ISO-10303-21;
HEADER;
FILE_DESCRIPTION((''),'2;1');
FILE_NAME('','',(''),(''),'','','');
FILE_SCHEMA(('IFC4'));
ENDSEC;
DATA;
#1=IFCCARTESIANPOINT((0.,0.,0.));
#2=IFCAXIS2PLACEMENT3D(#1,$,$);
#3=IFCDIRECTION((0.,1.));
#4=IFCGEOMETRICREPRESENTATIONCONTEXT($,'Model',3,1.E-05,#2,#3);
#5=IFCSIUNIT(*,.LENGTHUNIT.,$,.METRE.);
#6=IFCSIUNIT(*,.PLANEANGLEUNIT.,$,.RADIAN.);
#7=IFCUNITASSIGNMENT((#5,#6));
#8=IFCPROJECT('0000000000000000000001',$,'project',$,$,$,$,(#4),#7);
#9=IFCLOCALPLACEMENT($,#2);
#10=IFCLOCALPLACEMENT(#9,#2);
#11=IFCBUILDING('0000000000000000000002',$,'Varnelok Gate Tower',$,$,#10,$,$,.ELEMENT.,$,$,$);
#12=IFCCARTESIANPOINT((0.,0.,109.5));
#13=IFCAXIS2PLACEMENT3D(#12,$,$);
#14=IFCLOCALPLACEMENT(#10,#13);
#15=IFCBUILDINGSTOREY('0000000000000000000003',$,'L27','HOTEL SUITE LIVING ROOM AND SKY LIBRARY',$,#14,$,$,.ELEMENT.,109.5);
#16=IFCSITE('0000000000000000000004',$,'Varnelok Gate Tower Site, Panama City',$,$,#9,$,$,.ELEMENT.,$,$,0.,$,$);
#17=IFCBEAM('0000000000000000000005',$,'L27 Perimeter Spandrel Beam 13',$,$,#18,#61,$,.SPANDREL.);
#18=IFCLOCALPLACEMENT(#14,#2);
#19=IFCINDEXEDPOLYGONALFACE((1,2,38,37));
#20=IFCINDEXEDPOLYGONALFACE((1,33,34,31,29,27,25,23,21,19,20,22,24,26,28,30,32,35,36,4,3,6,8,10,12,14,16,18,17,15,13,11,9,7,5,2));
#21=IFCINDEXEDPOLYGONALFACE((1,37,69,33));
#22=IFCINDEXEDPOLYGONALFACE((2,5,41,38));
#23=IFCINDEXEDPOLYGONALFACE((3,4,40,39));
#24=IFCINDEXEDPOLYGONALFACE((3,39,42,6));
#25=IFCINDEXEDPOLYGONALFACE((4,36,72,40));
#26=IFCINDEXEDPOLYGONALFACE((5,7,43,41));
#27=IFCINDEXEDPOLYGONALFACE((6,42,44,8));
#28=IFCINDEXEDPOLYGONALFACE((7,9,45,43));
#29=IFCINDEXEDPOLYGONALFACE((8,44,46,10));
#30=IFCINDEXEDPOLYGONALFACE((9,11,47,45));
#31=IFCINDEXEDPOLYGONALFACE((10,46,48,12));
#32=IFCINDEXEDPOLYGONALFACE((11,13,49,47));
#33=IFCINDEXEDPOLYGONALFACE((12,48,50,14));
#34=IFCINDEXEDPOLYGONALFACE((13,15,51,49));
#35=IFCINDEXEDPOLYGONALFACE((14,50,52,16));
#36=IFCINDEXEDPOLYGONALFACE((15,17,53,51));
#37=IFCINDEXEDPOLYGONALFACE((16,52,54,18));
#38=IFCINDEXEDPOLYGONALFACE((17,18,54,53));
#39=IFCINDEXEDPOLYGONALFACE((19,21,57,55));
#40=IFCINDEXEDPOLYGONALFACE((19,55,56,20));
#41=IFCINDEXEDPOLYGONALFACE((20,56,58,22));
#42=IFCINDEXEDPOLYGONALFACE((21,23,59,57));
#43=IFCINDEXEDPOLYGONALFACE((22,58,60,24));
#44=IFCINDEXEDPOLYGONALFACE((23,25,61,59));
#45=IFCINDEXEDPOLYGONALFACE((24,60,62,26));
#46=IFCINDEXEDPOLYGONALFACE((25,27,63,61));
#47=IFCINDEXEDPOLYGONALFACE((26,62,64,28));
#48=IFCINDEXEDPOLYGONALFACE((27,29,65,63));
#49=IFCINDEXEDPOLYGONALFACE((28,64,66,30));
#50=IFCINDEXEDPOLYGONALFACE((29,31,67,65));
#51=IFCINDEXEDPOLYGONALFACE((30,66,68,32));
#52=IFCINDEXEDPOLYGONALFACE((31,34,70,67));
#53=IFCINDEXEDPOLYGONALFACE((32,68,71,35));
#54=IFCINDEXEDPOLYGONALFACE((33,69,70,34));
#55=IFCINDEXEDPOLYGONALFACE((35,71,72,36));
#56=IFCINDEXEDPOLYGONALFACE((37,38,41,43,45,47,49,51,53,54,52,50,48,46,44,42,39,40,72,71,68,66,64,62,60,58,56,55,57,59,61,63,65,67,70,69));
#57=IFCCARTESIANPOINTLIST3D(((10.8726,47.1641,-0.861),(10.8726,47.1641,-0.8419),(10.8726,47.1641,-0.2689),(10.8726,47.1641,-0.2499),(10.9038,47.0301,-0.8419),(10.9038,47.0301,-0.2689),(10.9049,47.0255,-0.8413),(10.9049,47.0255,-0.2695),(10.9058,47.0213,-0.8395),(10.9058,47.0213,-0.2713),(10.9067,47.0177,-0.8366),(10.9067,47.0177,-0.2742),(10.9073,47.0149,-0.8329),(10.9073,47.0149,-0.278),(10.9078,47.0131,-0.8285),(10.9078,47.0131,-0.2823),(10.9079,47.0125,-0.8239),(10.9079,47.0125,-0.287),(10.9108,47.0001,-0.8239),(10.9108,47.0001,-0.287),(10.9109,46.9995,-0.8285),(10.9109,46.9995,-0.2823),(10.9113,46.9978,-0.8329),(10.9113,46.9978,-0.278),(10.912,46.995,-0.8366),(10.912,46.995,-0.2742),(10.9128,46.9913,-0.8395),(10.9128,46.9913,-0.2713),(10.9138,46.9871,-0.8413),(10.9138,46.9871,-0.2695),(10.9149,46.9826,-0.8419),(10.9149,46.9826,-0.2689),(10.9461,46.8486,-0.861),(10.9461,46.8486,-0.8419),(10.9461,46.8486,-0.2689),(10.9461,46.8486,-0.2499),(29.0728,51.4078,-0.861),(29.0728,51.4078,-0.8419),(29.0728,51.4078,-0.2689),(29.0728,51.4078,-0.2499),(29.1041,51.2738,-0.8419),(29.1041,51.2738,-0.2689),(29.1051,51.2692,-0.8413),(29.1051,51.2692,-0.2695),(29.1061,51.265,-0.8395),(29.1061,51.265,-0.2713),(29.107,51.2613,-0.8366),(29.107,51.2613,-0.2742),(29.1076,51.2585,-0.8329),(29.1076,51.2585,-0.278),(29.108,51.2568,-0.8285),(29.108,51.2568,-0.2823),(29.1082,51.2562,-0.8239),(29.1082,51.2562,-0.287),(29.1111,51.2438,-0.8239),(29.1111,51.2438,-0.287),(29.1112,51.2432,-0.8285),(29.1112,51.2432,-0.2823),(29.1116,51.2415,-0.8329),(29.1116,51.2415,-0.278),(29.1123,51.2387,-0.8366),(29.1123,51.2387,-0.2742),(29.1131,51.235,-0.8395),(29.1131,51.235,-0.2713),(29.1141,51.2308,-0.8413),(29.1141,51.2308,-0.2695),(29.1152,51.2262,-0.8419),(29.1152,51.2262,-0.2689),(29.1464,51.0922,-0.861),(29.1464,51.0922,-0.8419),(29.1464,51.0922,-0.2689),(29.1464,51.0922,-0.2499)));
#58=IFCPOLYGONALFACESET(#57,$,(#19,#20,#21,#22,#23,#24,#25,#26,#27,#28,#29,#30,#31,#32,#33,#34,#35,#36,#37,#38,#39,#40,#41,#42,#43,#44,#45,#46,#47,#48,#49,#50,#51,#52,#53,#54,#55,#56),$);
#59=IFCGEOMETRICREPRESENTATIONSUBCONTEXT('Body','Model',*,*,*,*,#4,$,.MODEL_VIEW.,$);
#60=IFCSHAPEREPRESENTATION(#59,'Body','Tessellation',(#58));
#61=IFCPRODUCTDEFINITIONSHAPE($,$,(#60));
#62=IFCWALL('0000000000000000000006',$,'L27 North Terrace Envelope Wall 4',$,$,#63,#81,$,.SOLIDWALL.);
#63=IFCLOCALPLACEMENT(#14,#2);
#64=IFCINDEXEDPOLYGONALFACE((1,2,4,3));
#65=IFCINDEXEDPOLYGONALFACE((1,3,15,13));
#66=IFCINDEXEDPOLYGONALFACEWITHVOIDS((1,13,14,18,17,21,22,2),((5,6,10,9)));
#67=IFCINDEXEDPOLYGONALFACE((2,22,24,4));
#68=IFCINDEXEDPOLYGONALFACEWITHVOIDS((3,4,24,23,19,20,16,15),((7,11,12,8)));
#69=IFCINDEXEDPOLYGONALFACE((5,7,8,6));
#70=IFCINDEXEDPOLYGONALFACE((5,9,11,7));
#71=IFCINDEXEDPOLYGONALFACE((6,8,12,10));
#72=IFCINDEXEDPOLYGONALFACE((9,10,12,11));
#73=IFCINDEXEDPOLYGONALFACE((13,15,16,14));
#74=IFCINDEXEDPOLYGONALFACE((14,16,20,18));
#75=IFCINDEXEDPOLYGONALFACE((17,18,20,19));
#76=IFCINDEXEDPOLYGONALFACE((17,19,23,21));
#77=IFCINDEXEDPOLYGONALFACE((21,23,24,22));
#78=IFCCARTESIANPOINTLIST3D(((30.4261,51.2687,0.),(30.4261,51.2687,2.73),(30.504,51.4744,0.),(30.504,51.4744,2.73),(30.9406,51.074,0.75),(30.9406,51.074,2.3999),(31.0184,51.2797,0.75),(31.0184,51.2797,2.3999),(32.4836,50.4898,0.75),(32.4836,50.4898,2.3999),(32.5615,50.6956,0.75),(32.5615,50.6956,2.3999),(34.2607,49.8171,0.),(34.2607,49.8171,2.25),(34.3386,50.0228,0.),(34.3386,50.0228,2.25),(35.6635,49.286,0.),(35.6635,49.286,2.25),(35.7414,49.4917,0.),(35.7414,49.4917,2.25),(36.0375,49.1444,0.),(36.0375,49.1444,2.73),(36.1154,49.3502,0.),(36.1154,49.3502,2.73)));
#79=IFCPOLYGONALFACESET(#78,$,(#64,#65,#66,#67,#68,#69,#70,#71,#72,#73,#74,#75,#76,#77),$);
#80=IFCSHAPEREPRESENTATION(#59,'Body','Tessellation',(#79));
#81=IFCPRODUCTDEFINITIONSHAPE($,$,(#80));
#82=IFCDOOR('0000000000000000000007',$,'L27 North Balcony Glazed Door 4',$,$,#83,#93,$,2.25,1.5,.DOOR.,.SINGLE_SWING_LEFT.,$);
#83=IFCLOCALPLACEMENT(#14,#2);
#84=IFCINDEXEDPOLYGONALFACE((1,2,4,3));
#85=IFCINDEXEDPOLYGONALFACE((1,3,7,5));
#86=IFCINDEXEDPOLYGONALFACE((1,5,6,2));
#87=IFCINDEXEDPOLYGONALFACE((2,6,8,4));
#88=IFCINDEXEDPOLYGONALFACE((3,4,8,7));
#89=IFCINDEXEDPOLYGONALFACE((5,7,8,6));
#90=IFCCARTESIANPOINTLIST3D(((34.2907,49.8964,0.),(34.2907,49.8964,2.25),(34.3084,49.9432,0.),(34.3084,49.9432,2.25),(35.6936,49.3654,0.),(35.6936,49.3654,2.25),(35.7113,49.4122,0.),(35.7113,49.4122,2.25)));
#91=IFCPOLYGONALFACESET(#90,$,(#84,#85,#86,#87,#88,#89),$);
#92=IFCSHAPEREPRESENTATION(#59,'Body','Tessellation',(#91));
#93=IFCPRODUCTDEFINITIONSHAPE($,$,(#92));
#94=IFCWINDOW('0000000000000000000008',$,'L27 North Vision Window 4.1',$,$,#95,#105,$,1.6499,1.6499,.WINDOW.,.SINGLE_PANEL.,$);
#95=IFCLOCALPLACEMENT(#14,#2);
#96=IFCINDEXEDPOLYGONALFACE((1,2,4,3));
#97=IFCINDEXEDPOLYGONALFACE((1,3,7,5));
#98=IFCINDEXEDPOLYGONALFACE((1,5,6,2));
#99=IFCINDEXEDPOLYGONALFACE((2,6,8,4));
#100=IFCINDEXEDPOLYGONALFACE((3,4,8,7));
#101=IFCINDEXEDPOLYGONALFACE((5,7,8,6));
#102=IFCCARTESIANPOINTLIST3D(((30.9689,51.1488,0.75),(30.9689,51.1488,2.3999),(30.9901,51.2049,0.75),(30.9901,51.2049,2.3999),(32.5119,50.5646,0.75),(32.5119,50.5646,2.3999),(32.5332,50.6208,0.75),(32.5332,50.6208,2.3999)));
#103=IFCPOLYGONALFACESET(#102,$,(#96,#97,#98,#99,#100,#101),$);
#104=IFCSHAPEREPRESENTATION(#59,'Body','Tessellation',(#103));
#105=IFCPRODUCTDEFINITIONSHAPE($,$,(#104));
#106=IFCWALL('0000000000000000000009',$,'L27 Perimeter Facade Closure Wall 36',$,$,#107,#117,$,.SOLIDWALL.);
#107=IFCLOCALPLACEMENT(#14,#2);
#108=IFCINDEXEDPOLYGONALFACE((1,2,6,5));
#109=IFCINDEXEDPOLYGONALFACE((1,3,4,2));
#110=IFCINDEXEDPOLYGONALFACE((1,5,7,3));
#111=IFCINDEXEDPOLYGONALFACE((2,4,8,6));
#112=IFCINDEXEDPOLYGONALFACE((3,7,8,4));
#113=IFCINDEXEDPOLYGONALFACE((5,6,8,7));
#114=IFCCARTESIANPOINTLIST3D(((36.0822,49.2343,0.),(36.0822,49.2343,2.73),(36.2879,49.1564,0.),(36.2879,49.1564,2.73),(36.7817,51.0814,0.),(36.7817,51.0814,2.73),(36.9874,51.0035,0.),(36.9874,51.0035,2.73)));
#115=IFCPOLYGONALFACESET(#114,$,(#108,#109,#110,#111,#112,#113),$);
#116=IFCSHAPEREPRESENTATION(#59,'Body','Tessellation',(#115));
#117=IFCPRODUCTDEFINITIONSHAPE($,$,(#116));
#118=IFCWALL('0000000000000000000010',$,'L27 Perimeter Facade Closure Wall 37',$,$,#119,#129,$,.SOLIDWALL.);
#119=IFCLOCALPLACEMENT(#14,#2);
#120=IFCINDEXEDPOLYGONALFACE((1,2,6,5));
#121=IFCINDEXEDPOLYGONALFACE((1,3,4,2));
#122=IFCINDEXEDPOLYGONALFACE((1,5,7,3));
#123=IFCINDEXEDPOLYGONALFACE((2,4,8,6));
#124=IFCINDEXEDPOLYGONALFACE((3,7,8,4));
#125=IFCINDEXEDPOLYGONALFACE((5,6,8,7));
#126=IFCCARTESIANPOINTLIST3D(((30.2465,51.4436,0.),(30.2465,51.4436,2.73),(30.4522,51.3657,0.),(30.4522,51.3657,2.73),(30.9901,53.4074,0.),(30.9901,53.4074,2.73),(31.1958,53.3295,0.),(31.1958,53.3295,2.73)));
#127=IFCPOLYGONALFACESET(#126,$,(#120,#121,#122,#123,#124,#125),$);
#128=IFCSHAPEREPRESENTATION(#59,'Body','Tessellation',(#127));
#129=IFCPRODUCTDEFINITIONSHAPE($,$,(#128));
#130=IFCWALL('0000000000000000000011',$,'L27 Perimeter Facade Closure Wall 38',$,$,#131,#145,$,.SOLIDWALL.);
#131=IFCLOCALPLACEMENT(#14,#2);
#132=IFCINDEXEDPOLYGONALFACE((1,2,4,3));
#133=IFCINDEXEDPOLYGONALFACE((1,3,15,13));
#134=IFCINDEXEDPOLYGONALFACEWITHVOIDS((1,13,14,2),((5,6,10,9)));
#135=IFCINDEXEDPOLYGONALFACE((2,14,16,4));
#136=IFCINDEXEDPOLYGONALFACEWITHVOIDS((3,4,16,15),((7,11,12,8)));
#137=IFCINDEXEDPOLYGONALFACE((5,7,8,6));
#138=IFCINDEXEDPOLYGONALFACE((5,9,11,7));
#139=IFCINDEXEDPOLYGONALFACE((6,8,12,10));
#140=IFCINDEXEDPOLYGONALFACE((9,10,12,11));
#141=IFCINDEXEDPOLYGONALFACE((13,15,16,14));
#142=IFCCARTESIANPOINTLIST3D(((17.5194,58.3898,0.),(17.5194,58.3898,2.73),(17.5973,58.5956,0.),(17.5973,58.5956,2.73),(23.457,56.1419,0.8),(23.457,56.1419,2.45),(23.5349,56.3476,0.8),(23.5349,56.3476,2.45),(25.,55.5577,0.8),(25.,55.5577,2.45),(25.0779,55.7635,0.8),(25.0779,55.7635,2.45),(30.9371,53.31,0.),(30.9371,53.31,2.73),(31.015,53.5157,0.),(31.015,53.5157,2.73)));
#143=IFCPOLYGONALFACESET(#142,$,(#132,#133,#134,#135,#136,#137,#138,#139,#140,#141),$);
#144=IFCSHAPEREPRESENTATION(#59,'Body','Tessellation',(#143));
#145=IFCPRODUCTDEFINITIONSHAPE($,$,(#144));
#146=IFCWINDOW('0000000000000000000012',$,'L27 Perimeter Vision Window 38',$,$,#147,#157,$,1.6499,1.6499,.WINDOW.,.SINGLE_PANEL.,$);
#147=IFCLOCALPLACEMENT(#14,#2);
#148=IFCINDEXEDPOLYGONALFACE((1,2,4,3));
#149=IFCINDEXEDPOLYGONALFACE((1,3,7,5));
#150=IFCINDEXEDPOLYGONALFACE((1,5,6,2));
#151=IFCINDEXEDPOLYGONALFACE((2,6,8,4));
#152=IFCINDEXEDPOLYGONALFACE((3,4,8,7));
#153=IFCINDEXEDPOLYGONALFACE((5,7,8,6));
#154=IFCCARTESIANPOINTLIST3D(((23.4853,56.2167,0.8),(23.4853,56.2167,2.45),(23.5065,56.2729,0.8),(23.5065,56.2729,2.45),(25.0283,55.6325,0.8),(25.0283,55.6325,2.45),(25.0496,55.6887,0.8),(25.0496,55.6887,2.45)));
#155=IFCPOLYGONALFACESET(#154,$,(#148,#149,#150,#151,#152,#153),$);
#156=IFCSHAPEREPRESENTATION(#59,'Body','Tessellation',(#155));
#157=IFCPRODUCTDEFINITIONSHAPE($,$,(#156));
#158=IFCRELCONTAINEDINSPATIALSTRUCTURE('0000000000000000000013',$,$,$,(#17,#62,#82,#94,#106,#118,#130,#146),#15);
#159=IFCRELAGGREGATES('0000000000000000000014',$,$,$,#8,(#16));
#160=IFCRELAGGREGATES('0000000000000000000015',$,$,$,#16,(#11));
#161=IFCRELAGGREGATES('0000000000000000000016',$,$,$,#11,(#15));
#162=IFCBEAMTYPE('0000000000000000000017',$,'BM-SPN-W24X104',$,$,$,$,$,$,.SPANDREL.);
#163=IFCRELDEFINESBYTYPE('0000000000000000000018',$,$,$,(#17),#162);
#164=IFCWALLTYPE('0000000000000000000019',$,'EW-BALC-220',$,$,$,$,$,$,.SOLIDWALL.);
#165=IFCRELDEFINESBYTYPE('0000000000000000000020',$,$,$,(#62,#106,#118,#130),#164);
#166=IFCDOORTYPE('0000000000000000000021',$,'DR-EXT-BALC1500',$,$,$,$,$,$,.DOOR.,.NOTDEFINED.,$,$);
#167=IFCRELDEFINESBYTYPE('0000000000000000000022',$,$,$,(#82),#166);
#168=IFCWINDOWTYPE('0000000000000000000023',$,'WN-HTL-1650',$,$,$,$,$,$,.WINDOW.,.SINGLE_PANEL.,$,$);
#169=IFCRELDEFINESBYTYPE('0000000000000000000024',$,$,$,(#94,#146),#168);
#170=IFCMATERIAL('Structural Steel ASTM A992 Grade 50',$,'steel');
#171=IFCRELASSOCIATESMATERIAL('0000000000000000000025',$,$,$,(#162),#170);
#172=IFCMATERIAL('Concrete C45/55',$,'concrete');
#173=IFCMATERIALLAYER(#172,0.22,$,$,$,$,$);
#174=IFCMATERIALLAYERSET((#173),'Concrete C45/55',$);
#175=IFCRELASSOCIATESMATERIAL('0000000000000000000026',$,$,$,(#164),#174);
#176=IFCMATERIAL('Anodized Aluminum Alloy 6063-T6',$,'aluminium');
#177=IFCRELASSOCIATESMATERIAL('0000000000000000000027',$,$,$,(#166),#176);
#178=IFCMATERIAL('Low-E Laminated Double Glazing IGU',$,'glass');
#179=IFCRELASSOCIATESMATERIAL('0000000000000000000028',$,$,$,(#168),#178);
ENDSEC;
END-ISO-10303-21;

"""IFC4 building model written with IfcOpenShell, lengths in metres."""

from ifc_helpers import new_model, si_unit, direction, frame, frame_2d, origin, origin_2d, place, context, subcontext, project, spatial, rectangle, i_section, extrude, material, layer, layer_set, material_profile, profile_set, type_object, element, fill, save


model = new_model("IFC4")

# Units and contexts
model_context = context("Model", 3, precision=1e-05, world=origin(), true_north=direction((0.0, 1.0)))
body_context = subcontext(model_context, "Body", "Model", "MODEL_VIEW")
ifc_project = project(units=[si_unit("LENGTHUNIT", "METRE"), si_unit("PLANEANGLEUNIT", "RADIAN")], contexts=[model_context])

# Site, building, storey
site_placement = place(None, origin())
site = spatial("IfcSite", under=ifc_project, at=site_placement, Name="Varnelok Gate Tower Site, Panama City", CompositionType="ELEMENT", RefElevation=0.0)
building_placement = place(site_placement, origin())
building = spatial("IfcBuilding", under=site, at=building_placement, Name="Varnelok Gate Tower", CompositionType="ELEMENT")
storey_placement = place(building_placement, frame((0.0, 0.0, 109.5)))
storey = spatial("IfcBuildingStorey", under=building, at=storey_placement, Name="L27", Description="HOTEL SUITE LIVING ROOM AND SKY LIBRARY", CompositionType="ELEMENT", Elevation=109.5)

# Shared definitions
ifc_material_1 = material(Name="Structural Steel ASTM A992 Grade 50", Category="steel")

# Beam
ifc_material_profile_1 = material_profile(ifc_material_1, i_section(OverallWidth=0.324, OverallDepth=0.6111, WebThickness=0.0127, FlangeThickness=0.019, FilletRadius=0.0181, at=origin_2d()), Name="W24X104")
ifc_profile_set_1 = profile_set([ifc_material_profile_1], Name="Structural Steel ASTM A992 Grade 50")
beam_type_1 = type_object("IfcBeamType", Name="BM-SPN-W24X104", PredefinedType="SPANDREL", material=ifc_profile_set_1)
beam_1_placement = place(storey_placement, frame((29.1096, 51.25, -0.5554), z_axis=(-0.973877, -0.227074, 0.0), x_axis=(0.227074, -0.973877, 0.0)))
element("IfcBeam", 1, at=beam_1_placement, inside=storey, type_object=beam_type_1, Name="L27 Perimeter Spandrel Beam 13", PredefinedType="SPANDREL", context=body_context, shape_type="SweptSolid", body=[
    extrude(i_section(OverallWidth=0.324, OverallDepth=0.6111, WebThickness=0.0127, FlangeThickness=0.019, FilletRadius=0.0181, at=origin_2d()), origin(), (0.0, 0.0, 1.0), 18.6885),
])

# Wall, openings, door, window
ifc_material_2 = material(Name="Concrete C45/55", Category="concrete")
ifc_layer_1 = layer(ifc_material_2, 0.22)
ifc_layer_set_1 = layer_set([ifc_layer_1], Name="Concrete C45/55")
wall_type_1 = type_object("IfcWallType", Name="EW-BALC-220", PredefinedType="SOLIDWALL", material=ifc_layer_set_1)
wall_1_placement = place(storey_placement, frame((30.4651, 51.3716, 0.0), z_axis=(0.0, 0.0, 1.0), x_axis=(0.935228, -0.354047, 0.0)))
wall_1 = element("IfcWall", 2, at=wall_1_placement, inside=storey, type_object=wall_type_1, Name="L27 North Terrace Envelope Wall 4", PredefinedType="SOLIDWALL", context=body_context, shape_type="SweptSolid", body=[
    extrude(rectangle(XDim=6.0, YDim=0.22, at=frame_2d((3.0, 0.0))), origin(), (0.0, 0.0, 1.0), 2.73),
])
opening_1_placement = place(wall_1_placement, frame((4.1001, 0.0, 0.0)))
opening_1 = element("IfcOpeningElement", 3, at=opening_1_placement, cuts=wall_1, PredefinedType="OPENING", context=body_context, shape_type="SweptSolid", body=[
    extrude(rectangle(XDim=1.5, YDim=2.25, at=frame_2d((0.75, 1.125))), frame((0.0, 0.1199, 0.0), z_axis=(0.0, -1.0, 0.0), x_axis=(1.0, 0.0, 0.0)), (0.0, 0.0, 1.0), 0.24),
])
opening_2_placement = place(wall_1_placement, frame((0.55, 0.0, 0.75)))
opening_2 = element("IfcOpeningElement", 4, at=opening_2_placement, cuts=wall_1, PredefinedType="OPENING", context=body_context, shape_type="SweptSolid", body=[
    extrude(rectangle(XDim=1.6499, YDim=1.6499, at=frame_2d((0.825, 0.825))), frame((0.0, 0.1199, 0.0), z_axis=(0.0, -1.0, 0.0), x_axis=(1.0, 0.0, 0.0)), (0.0, 0.0, 1.0), 0.24),
])
ifc_material_3 = material(Name="Anodized Aluminum Alloy 6063-T6", Category="aluminium")
door_type_1 = type_object("IfcDoorType", Name="DR-EXT-BALC1500", OperationType="NOTDEFINED", PredefinedType="DOOR", material=ifc_material_3)
door_1_placement = place(opening_1_placement, origin())
door_1 = element("IfcDoor", 5, at=door_1_placement, inside=storey, type_object=door_type_1, Name="L27 North Balcony Glazed Door 4", OperationType="SINGLE_SWING_LEFT", OverallHeight=2.25, OverallWidth=1.5, PredefinedType="DOOR", context=body_context, shape_type="SweptSolid", body=[
    extrude(rectangle(XDim=1.5, YDim=2.25, at=frame_2d((0.75, 1.125))), frame((0.0, 0.0249, 0.0), z_axis=(0.0, -1.0, 0.0), x_axis=(1.0, 0.0, 0.0)), (0.0, 0.0, 1.0), 0.05),
])
fill(opening_1, door_1)
ifc_material_4 = material(Name="Low-E Laminated Double Glazing IGU", Category="glass")
window_type = type_object("IfcWindowType", Name="WN-HTL-1650", PartitioningType="SINGLE_PANEL", PredefinedType="WINDOW", material=ifc_material_4)
window_1_placement = place(opening_2_placement, origin())
window_1 = element("IfcWindow", 6, at=window_1_placement, inside=storey, type_object=window_type, Name="L27 North Vision Window 4.1", OverallHeight=1.6499, OverallWidth=1.6499, PartitioningType="SINGLE_PANEL", PredefinedType="WINDOW", context=body_context, shape_type="SweptSolid", body=[
    extrude(rectangle(XDim=1.6499, YDim=1.6499, at=frame_2d((0.825, 0.825))), frame((0.0, 0.03, 0.0), z_axis=(0.0, -1.0, 0.0), x_axis=(1.0, 0.0, 0.0)), (0.0, 0.0, 1.0), 0.0601),
])
fill(opening_2, window_1)

# Walls
wall_2_placement = place(storey_placement, frame((36.8845, 51.0425, 0.0), z_axis=(0.0, 0.0, 1.0), x_axis=(-0.354129, -0.935197, 0.0)))
element("IfcWall", 7, at=wall_2_placement, inside=storey, type_object=wall_type_1, Name="L27 Perimeter Facade Closure Wall 36", PredefinedType="SOLIDWALL", context=body_context, shape_type="SweptSolid", body=[
    extrude(rectangle(XDim=1.9751, YDim=0.22, at=frame_2d((0.9875, 0.0))), origin(), (0.0, 0.0, 1.0), 2.73),
])
wall_3_placement = place(storey_placement, frame((30.3494, 51.4048, 0.0), z_axis=(0.0, 0.0, 1.0), x_axis=(0.354128, 0.935197, 0.0)))
element("IfcWall", 8, at=wall_3_placement, inside=storey, type_object=wall_type_1, Name="L27 Perimeter Facade Closure Wall 37", PredefinedType="SOLIDWALL", context=body_context, shape_type="SweptSolid", body=[
    extrude(rectangle(XDim=2.0999, YDim=0.22, at=frame_2d((1.0498, 0.0))), origin(), (0.0, 0.0, 1.0), 2.73),
])

# Wall, opening, window
wall_4_placement = place(storey_placement, frame((30.9761, 53.4128, 0.0), z_axis=(0.0, 0.0, 1.0), x_axis=(-0.93522, 0.354066, 0.0)))
wall_4 = element("IfcWall", 9, at=wall_4_placement, inside=storey, type_object=wall_type_1, Name="L27 Perimeter Facade Closure Wall 38", PredefinedType="SOLIDWALL", context=body_context, shape_type="SweptSolid", body=[
    extrude(rectangle(XDim=14.3472, YDim=0.22, at=frame_2d((7.1736, 0.0))), origin(), (0.0, 0.0, 1.0), 2.73),
])
opening_3_placement = place(wall_4_placement, frame((6.3484, 0.0, 0.8)))
opening_3 = element("IfcOpeningElement", 10, at=opening_3_placement, cuts=wall_4, PredefinedType="OPENING", context=body_context, shape_type="SweptSolid", body=[
    extrude(rectangle(XDim=1.6499, YDim=1.6499, at=frame_2d((0.825, 0.825))), frame((0.0, 0.1199, 0.0), z_axis=(0.0, -1.0, 0.0), x_axis=(1.0, 0.0, 0.0)), (0.0, 0.0, 1.0), 0.24),
])
window_2_placement = place(opening_3_placement, origin())
window_2 = element("IfcWindow", 11, at=window_2_placement, inside=storey, type_object=window_type, Name="L27 Perimeter Vision Window 38", OverallHeight=1.6499, OverallWidth=1.6499, PartitioningType="SINGLE_PANEL", PredefinedType="WINDOW", context=body_context, shape_type="SweptSolid", body=[
    extrude(rectangle(XDim=1.6499, YDim=1.6499, at=frame_2d((0.825, 0.825))), frame((0.0, 0.03, 0.0), z_axis=(0.0, -1.0, 0.0), x_axis=(1.0, 0.0, 0.0)), (0.0, 0.0, 1.0), 0.0601),
])
fill(opening_3, window_2)

save(model, "model.ifc")
